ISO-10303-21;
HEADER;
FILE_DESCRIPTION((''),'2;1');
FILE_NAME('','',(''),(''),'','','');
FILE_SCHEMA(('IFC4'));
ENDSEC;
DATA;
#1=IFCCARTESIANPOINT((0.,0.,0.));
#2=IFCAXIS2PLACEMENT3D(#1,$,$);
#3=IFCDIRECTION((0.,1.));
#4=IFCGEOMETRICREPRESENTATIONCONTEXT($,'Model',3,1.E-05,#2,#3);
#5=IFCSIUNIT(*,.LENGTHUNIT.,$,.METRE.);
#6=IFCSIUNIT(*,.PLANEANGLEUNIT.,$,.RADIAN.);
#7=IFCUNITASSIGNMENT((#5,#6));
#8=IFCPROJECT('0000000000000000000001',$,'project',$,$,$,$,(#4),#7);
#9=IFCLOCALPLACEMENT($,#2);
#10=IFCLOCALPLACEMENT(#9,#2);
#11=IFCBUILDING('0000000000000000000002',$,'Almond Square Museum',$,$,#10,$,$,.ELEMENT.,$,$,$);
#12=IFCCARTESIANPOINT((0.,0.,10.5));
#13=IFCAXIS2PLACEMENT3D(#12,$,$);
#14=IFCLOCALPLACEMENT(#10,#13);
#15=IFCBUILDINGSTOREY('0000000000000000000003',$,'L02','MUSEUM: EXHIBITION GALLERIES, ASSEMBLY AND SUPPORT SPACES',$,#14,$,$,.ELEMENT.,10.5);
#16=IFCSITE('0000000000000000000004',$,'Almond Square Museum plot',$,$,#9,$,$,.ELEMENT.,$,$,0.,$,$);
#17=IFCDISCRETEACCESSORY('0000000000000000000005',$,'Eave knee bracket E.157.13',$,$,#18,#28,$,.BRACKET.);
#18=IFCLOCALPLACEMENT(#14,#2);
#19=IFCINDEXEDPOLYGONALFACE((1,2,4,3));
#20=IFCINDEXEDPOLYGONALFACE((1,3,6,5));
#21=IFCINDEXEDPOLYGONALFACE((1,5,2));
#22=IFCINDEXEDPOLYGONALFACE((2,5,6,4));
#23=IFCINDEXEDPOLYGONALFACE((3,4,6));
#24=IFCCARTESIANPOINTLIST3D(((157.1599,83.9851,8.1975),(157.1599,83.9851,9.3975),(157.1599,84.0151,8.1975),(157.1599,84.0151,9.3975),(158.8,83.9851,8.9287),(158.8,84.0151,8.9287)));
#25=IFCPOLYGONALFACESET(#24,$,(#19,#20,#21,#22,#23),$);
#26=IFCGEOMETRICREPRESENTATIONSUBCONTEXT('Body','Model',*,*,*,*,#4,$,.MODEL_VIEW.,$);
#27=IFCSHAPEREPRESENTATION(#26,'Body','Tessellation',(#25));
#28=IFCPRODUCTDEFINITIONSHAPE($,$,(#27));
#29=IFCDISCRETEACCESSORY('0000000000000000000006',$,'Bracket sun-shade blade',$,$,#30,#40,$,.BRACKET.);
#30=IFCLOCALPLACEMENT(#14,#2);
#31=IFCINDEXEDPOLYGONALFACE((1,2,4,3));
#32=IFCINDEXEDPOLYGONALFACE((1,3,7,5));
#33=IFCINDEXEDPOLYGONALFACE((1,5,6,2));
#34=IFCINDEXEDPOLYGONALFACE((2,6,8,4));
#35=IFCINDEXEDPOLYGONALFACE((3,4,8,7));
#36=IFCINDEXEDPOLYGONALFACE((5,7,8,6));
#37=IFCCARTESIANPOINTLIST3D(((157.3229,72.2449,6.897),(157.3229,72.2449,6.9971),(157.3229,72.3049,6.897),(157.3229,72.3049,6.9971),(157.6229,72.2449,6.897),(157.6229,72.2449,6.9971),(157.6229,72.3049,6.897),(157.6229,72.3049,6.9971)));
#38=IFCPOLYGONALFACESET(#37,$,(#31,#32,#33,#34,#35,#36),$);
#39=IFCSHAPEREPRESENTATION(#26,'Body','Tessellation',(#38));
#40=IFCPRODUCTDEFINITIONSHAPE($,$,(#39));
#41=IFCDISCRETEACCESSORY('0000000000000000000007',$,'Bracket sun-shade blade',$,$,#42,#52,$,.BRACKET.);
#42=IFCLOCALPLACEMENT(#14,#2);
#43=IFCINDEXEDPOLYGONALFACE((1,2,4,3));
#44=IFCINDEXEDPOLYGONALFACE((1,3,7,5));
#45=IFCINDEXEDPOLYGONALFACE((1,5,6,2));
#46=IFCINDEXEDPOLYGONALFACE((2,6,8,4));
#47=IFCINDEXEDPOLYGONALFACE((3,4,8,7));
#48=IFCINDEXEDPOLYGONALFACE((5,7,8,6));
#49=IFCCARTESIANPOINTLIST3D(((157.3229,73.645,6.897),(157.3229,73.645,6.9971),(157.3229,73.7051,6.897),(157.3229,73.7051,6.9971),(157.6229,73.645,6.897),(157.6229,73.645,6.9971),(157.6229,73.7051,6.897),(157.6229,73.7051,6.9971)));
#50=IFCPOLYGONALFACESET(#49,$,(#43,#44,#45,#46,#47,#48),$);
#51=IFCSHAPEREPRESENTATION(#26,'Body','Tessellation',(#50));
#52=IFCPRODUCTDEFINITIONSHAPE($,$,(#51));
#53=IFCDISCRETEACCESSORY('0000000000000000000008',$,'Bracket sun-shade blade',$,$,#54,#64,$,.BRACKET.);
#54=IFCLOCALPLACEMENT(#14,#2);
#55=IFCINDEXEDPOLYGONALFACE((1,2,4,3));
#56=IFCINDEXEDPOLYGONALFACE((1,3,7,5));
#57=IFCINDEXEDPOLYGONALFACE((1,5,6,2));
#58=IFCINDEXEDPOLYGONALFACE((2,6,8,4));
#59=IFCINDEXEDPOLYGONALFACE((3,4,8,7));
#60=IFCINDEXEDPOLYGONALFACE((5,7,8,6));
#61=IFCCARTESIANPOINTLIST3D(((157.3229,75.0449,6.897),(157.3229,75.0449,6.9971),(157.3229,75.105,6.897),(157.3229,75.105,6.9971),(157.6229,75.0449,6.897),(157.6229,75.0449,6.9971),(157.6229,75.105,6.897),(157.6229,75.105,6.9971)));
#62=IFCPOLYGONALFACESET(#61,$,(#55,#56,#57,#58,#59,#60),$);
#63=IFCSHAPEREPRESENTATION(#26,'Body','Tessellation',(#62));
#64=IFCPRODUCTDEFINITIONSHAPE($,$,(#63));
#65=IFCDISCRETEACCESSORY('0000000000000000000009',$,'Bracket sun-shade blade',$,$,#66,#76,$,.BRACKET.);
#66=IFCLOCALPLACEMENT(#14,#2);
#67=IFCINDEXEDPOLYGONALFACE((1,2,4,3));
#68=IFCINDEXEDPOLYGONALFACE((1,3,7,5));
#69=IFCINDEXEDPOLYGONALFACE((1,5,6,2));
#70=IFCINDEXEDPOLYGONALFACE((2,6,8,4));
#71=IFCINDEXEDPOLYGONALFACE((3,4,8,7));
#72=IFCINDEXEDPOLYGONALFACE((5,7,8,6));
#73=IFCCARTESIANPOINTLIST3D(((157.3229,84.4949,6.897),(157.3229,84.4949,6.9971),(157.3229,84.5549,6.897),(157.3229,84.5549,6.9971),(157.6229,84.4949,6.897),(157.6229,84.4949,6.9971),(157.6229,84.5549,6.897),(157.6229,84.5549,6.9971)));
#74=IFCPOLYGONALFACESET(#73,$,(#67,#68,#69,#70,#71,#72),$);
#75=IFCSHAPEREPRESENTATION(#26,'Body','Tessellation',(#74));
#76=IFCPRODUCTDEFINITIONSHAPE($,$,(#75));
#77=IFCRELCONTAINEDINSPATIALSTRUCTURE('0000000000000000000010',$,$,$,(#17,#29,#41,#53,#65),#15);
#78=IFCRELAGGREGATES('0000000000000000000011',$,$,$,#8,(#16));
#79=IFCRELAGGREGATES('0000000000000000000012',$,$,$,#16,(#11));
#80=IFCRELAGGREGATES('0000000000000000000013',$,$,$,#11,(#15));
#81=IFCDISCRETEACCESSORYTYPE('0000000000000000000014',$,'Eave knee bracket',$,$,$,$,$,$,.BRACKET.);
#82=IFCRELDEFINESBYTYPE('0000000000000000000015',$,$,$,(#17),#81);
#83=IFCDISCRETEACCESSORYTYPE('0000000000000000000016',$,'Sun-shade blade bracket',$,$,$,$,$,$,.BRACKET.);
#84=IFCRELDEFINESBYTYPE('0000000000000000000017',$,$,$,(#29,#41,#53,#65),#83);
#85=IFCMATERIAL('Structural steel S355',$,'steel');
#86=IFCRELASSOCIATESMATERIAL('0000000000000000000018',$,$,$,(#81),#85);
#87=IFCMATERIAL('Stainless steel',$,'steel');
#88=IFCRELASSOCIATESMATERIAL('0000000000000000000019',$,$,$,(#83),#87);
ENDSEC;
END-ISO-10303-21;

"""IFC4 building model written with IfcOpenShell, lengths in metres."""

from ifc_helpers import new_model, si_unit, direction, frame, origin, origin_2d, place, context, subcontext, project, spatial, polyline, rectangle, outline, extrude, material, type_object, element, save


model = new_model("IFC4")

# Units and contexts
model_context = context("Model", 3, precision=1e-05, world=origin(), true_north=direction((0.0, 1.0)))
body_context = subcontext(model_context, "Body", "Model", "MODEL_VIEW")
ifc_project = project(units=[si_unit("LENGTHUNIT", "METRE"), si_unit("PLANEANGLEUNIT", "RADIAN")], contexts=[model_context])

# Site, building, storey
site_placement = place(None, origin())
site = spatial("IfcSite", under=ifc_project, at=site_placement, Name="Almond Square Museum plot", CompositionType="ELEMENT", RefElevation=0.0)
building_placement = place(site_placement, origin())
building = spatial("IfcBuilding", under=site, at=building_placement, Name="Almond Square Museum", CompositionType="ELEMENT")
storey_placement = place(building_placement, frame((0.0, 0.0, 10.5)))
storey = spatial("IfcBuildingStorey", under=building, at=storey_placement, Name="L02", Description="MUSEUM: EXHIBITION GALLERIES, ASSEMBLY AND SUPPORT SPACES", CompositionType="ELEMENT", Elevation=10.5)

# Discrete accessories
ifc_material_1 = material(Name="Structural steel S355", Category="steel")
discrete_accessory_type_1 = type_object("IfcDiscreteAccessoryType", Name="Eave knee bracket", PredefinedType="BRACKET", material=ifc_material_1)
for number, where, z_axis, x_axis, name in (
    (1, (157.1599, 84.0, 9.3975), (0.0, -1.0, 0.0), (0.0, 0.0, -1.0), "Eave knee bracket E.157.13"),
):
    element("IfcDiscreteAccessory", number, at=place(storey_placement, frame(where, z_axis=z_axis, x_axis=x_axis)), inside=storey, type_object=discrete_accessory_type_1, Name=name, PredefinedType="BRACKET", context=body_context, shape_type="SweptSolid", body=[
        extrude(outline(polyline([(0.0, 0.0), (1.2, 0.0), (0.4688, 1.6401), (0.0, 0.0)])), frame((0.0, 0.0, -0.0151)), (0.0, 0.0, 1.0), 0.03),
    ])
ifc_material_2 = material(Name="Stainless steel", Category="steel")
discrete_accessory_type_2 = type_object("IfcDiscreteAccessoryType", Name="Sun-shade blade bracket", PredefinedType="BRACKET", material=ifc_material_2)
for number, where, z_axis, x_axis, name in (
    (2, (157.4729, 72.2749, 6.897), (0.0, 0.0, 1.0), (1.0, 0.0, 0.0), "Bracket sun-shade blade"),
    (3, (157.4729, 73.675, 6.897), (0.0, 0.0, 1.0), (1.0, 0.0, 0.0), "Bracket sun-shade blade"),
    (4, (157.4729, 75.075, 6.897), (0.0, 0.0, 1.0), (1.0, 0.0, 0.0), "Bracket sun-shade blade"),
    (5, (157.4729, 84.5249, 6.897), (0.0, 0.0, 1.0), (1.0, 0.0, 0.0), "Bracket sun-shade blade"),
):
    element("IfcDiscreteAccessory", number, at=place(storey_placement, frame(where, z_axis=z_axis, x_axis=x_axis)), inside=storey, type_object=discrete_accessory_type_2, Name=name, PredefinedType="BRACKET", context=body_context, shape_type="SweptSolid", body=[
        extrude(rectangle(XDim=0.3, YDim=0.0601, at=origin_2d()), origin(), (0.0, 0.0, 1.0), 0.1001),
    ])

save(model, "model.ifc")
